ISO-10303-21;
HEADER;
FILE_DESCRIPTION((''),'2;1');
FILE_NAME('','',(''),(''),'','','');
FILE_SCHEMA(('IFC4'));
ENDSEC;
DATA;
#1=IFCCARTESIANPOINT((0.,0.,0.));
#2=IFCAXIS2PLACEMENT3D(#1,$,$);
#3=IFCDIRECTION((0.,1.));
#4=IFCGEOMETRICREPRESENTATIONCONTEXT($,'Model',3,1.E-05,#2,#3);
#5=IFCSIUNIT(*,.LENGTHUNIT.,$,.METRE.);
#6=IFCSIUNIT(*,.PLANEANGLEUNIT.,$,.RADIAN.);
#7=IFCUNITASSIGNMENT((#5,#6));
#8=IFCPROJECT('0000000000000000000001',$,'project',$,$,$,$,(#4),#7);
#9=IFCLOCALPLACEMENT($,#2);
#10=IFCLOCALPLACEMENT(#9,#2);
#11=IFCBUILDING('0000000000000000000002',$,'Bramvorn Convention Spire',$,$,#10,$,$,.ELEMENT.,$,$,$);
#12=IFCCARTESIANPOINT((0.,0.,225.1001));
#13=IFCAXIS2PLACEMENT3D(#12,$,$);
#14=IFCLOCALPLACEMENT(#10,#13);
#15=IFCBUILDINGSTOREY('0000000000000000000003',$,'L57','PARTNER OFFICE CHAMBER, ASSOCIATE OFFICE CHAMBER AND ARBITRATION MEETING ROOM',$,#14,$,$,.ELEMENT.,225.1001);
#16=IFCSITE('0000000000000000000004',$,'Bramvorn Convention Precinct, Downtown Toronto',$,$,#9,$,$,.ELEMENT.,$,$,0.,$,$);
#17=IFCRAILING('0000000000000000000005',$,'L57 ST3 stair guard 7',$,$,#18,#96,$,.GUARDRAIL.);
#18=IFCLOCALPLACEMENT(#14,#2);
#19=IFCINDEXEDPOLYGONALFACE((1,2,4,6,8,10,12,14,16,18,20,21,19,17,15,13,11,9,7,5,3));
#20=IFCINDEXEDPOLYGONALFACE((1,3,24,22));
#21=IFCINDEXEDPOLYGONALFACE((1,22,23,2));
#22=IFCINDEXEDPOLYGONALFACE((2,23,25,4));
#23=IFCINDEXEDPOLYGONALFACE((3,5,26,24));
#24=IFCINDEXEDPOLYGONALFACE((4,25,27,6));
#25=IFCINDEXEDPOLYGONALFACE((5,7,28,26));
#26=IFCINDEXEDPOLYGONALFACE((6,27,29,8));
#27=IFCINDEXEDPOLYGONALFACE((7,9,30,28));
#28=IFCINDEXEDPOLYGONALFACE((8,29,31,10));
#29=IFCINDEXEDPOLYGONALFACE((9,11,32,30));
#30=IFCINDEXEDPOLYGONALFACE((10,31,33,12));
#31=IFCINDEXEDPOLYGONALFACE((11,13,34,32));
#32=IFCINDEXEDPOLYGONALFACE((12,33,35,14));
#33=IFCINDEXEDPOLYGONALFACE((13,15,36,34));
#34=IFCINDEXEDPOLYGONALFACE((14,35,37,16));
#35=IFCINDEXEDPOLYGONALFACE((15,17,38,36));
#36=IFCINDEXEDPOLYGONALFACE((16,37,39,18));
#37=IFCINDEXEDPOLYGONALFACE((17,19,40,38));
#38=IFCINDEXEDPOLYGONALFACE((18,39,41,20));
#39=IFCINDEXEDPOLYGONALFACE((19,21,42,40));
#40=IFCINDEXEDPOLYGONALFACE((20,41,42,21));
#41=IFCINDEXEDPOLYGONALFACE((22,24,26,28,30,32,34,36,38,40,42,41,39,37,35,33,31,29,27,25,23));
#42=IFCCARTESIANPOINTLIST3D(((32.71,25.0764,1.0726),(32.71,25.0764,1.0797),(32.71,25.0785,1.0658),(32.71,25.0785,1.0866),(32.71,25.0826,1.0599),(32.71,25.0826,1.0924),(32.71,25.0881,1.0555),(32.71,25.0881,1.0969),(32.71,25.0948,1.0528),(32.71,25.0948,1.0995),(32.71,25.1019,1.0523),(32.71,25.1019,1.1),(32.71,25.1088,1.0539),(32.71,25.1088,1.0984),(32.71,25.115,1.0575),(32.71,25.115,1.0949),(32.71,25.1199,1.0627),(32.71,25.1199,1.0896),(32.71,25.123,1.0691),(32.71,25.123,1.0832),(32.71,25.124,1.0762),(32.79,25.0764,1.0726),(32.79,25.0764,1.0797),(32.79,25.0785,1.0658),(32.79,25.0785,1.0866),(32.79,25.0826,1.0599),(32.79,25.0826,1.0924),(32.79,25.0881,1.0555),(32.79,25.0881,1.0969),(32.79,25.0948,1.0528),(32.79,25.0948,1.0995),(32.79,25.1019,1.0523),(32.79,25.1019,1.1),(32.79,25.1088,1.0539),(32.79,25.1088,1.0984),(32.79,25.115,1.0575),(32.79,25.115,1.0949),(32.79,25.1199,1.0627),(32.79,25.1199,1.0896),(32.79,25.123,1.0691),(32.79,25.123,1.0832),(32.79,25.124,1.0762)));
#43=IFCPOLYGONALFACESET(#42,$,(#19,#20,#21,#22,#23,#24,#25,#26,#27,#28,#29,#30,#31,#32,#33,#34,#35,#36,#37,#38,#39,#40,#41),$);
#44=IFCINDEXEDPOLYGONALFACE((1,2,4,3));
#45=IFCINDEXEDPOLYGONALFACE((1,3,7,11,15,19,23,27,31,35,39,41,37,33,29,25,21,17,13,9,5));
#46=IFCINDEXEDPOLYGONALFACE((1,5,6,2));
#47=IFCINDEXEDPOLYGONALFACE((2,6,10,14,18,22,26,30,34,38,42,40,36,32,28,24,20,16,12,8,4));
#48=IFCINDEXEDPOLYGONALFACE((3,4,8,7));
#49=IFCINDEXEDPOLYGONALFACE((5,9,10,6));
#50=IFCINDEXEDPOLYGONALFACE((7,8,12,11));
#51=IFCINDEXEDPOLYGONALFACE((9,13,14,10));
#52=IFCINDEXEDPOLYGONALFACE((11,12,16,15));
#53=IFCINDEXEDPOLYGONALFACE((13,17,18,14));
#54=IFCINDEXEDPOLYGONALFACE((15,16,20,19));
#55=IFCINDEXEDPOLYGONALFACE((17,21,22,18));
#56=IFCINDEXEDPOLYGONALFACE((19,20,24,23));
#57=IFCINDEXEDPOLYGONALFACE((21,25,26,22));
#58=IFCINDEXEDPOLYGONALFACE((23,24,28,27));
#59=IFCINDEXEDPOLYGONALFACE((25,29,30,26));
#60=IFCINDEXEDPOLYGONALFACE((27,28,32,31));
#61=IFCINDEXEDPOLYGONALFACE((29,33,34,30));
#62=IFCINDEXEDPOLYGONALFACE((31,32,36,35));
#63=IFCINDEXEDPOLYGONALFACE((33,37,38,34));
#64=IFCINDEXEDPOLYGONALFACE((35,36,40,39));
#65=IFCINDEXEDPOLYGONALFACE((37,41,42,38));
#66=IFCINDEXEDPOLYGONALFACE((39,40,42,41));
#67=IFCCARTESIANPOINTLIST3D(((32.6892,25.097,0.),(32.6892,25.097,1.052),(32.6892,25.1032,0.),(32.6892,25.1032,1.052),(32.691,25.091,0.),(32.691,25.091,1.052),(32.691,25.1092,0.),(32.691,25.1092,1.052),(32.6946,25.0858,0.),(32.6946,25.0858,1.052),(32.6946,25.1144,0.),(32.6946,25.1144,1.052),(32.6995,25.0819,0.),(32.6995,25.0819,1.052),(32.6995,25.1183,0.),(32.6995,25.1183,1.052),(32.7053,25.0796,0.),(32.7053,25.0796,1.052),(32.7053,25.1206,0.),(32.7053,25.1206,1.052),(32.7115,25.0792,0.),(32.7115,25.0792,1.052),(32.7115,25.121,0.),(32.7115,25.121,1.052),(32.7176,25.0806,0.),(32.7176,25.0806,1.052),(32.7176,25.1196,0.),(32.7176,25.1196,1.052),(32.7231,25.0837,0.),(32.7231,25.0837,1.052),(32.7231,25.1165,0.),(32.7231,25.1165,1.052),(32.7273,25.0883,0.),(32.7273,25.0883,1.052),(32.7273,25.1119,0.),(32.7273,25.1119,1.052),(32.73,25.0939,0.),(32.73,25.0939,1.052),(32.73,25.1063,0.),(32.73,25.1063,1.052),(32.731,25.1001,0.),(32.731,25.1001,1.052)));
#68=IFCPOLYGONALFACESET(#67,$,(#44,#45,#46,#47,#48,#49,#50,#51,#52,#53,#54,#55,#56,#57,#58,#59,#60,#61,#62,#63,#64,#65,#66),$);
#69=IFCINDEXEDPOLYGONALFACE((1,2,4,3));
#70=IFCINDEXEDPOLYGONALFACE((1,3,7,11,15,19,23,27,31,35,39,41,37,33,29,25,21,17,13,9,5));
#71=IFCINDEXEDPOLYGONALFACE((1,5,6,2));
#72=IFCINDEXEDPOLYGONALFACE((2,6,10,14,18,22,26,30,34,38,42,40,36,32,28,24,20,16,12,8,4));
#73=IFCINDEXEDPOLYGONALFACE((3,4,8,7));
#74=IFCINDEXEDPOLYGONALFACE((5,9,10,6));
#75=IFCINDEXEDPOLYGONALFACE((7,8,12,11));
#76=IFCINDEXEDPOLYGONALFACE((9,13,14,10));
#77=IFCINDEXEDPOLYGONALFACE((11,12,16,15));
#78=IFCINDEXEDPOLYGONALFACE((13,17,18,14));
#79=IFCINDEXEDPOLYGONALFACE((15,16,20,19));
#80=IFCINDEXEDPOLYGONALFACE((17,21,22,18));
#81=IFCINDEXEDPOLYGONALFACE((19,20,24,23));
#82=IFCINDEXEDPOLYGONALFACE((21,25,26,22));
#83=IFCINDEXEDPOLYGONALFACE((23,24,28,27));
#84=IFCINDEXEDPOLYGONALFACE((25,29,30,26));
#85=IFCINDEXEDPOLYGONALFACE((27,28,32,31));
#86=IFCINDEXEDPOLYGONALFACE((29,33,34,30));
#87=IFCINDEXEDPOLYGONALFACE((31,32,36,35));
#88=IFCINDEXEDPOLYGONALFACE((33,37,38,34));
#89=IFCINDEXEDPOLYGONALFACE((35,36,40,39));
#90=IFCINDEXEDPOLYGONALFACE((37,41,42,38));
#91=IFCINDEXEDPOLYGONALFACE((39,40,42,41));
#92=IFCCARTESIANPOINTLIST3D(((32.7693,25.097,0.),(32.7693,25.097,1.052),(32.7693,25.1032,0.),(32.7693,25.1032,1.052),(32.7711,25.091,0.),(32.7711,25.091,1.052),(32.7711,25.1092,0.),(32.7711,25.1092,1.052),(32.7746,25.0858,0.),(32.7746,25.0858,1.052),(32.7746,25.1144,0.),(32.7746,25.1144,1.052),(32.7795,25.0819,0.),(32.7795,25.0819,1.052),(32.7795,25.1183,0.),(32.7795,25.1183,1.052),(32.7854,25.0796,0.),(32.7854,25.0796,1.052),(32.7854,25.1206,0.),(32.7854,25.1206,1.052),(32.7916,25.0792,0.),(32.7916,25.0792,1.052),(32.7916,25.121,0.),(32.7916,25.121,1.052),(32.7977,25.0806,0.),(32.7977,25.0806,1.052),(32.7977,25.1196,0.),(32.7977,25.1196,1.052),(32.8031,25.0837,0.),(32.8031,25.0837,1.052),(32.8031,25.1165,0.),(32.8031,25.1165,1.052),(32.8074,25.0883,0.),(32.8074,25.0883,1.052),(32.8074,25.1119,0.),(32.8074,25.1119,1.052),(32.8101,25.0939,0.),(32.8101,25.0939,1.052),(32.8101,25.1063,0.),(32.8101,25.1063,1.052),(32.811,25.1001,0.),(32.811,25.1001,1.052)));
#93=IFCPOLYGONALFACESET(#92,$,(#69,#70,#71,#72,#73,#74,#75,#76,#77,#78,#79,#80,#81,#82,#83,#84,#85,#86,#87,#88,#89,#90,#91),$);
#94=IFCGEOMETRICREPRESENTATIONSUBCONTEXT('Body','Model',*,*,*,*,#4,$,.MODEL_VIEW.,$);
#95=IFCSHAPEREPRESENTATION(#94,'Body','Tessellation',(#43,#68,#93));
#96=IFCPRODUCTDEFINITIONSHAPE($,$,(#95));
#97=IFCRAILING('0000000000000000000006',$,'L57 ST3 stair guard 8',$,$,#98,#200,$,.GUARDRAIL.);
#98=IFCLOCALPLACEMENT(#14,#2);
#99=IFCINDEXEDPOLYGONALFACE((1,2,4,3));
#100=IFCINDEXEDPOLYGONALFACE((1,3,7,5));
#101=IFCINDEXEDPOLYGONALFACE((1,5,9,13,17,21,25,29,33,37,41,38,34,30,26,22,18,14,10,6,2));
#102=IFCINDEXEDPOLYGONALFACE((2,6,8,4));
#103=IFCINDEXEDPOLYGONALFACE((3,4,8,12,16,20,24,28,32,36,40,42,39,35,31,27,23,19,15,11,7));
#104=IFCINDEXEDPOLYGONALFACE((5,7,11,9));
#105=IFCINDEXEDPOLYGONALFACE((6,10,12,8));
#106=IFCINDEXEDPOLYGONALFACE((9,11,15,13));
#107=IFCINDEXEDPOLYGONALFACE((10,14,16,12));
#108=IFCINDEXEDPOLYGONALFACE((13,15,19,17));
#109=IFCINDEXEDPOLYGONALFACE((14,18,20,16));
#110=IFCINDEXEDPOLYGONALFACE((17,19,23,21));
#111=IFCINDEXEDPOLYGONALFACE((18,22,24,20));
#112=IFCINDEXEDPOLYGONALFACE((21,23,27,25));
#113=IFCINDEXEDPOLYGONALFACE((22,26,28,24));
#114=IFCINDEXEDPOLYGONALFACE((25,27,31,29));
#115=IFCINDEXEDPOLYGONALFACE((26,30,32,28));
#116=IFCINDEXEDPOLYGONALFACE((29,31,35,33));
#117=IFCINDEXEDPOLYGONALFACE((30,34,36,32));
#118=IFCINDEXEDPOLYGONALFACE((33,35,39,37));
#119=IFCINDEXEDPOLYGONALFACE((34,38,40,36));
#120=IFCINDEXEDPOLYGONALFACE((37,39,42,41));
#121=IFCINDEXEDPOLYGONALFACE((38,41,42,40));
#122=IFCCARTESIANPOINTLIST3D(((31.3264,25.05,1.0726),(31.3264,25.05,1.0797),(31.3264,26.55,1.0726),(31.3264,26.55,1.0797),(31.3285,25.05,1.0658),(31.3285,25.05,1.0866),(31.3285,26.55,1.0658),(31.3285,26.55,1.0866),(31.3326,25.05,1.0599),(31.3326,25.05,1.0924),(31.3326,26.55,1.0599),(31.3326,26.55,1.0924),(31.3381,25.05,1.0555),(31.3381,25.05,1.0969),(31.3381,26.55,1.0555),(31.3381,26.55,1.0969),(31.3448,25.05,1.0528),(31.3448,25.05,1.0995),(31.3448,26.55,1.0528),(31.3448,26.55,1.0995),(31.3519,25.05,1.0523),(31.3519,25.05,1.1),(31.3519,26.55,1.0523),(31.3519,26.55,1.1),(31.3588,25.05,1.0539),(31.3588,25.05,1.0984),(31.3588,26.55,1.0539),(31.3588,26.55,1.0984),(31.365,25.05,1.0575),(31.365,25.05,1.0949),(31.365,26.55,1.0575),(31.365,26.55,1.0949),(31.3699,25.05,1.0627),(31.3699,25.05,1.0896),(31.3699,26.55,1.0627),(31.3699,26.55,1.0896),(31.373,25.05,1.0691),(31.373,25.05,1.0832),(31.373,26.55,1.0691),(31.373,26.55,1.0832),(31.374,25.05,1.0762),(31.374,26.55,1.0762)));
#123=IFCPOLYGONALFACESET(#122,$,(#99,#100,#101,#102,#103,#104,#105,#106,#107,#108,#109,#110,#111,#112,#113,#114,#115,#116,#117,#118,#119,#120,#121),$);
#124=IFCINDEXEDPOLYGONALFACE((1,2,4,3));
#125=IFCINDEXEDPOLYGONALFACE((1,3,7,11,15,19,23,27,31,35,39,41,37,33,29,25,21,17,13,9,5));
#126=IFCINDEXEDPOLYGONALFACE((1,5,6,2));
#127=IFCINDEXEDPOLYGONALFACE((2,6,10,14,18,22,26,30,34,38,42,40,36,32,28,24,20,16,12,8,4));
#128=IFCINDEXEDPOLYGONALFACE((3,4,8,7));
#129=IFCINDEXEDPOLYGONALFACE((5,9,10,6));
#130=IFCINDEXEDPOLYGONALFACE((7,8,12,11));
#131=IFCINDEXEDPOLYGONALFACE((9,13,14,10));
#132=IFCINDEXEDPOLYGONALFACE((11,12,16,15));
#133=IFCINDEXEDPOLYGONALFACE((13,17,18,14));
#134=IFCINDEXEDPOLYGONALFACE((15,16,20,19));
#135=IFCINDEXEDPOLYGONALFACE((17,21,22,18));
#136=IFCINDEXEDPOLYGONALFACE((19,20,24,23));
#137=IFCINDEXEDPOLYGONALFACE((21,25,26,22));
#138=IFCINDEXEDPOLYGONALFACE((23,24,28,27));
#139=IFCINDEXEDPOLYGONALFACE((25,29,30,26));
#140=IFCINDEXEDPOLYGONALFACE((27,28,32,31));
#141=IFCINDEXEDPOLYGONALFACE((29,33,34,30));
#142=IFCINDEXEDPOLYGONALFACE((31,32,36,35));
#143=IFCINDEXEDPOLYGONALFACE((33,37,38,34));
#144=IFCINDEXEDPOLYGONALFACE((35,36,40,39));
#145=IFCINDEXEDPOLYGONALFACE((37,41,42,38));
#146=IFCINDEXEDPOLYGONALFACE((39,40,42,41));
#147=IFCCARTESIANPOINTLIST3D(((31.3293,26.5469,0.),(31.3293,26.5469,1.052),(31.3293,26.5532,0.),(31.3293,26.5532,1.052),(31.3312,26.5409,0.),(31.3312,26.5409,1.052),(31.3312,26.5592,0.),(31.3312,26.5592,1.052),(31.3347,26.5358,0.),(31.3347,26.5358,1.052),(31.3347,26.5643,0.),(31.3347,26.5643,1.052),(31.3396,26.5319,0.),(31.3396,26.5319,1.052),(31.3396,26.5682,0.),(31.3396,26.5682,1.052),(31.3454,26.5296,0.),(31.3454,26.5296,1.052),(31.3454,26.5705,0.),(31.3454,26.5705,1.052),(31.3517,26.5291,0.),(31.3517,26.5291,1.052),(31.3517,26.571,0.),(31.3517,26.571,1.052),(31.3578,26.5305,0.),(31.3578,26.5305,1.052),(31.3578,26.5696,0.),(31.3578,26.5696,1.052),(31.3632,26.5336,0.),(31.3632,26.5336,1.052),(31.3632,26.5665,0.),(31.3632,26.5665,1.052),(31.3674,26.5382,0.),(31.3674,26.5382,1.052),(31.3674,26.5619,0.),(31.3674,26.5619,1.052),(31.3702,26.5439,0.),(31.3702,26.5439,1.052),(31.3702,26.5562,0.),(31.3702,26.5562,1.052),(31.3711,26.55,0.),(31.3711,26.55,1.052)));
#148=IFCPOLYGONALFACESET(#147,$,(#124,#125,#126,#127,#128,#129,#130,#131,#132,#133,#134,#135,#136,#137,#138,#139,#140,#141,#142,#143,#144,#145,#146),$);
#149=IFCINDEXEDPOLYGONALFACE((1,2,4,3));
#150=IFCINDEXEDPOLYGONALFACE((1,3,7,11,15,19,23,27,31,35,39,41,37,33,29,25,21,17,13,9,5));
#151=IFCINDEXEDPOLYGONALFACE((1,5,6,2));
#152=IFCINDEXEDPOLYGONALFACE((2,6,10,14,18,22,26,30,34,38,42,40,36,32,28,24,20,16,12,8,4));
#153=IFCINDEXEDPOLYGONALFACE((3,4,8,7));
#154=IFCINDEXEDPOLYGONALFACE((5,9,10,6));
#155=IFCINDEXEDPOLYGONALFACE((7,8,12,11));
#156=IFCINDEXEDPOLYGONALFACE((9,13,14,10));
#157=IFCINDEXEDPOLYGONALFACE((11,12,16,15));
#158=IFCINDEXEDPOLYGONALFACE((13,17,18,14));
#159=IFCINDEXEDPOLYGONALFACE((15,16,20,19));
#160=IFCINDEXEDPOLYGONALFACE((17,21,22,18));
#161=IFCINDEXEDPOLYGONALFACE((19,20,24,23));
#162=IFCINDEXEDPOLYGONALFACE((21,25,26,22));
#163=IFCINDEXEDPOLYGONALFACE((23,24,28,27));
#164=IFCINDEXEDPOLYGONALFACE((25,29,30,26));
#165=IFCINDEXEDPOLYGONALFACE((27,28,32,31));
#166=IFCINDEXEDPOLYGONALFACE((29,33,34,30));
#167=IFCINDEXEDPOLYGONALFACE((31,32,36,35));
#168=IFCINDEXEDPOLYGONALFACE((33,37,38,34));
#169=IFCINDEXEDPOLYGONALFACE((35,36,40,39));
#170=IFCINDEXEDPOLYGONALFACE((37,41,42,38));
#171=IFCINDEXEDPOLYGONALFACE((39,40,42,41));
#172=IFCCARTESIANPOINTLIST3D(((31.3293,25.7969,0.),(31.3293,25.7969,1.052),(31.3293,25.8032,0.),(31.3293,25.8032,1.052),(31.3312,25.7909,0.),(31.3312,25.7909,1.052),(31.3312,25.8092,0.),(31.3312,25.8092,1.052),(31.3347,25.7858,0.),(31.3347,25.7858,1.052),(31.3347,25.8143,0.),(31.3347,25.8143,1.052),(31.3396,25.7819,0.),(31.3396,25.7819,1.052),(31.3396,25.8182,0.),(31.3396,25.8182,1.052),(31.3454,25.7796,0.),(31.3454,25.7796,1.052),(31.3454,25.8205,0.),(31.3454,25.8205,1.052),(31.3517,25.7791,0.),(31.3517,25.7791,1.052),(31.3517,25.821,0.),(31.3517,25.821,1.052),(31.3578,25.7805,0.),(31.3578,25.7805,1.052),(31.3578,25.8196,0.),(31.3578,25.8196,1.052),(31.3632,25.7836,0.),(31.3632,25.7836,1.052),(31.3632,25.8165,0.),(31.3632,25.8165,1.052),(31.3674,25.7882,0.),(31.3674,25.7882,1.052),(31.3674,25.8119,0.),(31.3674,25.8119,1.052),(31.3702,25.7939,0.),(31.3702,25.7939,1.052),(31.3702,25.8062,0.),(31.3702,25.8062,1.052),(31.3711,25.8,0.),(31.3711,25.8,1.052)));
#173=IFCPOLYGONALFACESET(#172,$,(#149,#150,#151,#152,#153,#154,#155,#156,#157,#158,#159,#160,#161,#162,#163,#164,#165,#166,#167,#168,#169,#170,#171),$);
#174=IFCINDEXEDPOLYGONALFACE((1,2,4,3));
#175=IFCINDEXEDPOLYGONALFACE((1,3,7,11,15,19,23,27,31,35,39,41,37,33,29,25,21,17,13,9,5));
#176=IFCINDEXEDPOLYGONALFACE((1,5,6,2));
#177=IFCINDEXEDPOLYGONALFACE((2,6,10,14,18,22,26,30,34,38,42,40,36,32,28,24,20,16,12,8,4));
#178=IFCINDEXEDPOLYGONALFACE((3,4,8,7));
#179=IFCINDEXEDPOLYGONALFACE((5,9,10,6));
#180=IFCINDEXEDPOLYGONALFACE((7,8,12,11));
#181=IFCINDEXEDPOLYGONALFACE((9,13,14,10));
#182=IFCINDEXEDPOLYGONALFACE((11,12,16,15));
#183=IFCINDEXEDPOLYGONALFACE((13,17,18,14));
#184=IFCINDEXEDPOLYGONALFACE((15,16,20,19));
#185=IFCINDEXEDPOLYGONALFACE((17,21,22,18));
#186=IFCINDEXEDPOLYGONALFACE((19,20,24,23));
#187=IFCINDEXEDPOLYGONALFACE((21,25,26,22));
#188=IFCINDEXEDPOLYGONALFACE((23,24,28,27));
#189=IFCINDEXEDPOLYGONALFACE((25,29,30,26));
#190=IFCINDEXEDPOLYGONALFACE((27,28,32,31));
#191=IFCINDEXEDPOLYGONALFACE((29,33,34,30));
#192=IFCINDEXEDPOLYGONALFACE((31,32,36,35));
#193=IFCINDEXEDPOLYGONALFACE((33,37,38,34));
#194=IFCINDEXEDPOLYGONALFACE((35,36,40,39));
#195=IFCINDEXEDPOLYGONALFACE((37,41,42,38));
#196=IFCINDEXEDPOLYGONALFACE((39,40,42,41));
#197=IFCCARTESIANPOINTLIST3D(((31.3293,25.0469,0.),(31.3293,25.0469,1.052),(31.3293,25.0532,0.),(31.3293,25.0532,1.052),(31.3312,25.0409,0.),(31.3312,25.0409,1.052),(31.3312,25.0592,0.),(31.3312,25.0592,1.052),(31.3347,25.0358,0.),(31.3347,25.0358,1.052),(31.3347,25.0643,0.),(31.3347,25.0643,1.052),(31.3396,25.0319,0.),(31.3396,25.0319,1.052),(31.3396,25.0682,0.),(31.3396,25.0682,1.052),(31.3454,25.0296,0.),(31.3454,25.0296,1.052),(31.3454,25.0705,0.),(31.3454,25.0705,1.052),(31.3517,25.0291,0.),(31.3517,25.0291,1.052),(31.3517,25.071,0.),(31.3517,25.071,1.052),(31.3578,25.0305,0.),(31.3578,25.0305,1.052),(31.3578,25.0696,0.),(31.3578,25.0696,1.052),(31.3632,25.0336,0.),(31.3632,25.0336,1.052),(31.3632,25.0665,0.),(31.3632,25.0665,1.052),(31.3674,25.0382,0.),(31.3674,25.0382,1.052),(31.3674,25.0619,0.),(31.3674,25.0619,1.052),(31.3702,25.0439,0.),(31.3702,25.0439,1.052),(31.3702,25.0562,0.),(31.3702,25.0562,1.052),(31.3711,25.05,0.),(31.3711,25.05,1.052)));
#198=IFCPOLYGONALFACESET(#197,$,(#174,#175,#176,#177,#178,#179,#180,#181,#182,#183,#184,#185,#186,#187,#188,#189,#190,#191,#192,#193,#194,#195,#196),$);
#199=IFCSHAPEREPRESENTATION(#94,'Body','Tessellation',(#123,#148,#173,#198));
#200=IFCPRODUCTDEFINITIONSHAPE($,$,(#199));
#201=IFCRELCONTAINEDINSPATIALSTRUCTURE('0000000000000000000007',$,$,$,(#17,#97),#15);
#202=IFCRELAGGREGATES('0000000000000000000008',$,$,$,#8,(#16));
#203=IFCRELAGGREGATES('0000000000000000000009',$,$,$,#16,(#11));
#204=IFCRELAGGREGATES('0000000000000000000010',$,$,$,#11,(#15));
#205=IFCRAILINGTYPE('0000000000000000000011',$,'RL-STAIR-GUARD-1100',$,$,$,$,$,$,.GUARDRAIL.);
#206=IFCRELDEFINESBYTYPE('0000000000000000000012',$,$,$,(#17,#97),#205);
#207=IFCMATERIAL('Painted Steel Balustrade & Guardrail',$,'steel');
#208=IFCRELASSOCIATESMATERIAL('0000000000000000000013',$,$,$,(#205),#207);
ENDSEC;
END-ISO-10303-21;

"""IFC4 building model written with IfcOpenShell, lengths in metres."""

from ifc_helpers import new_model, si_unit, direction, frame, origin, origin_2d, place, context, subcontext, project, spatial, circle, extrude, material, type_object, element, save


model = new_model("IFC4")

# Units and contexts
model_context = context("Model", 3, precision=1e-05, world=origin(), true_north=direction((0.0, 1.0)))
body_context = subcontext(model_context, "Body", "Model", "MODEL_VIEW")
ifc_project = project(units=[si_unit("LENGTHUNIT", "METRE"), si_unit("PLANEANGLEUNIT", "RADIAN")], contexts=[model_context])

# Site, building, storey
site_placement = place(None, origin())
site = spatial("IfcSite", under=ifc_project, at=site_placement, Name="Bramvorn Convention Precinct, Downtown Toronto", CompositionType="ELEMENT", RefElevation=0.0)
building_placement = place(site_placement, origin())
building = spatial("IfcBuilding", under=site, at=building_placement, Name="Bramvorn Convention Spire", CompositionType="ELEMENT")
storey_placement = place(building_placement, frame((0.0, 0.0, 225.1001)))
storey = spatial("IfcBuildingStorey", under=building, at=storey_placement, Name="L57", Description="PARTNER OFFICE CHAMBER, ASSOCIATE OFFICE CHAMBER AND ARBITRATION MEETING ROOM", CompositionType="ELEMENT", Elevation=225.1001)

# Railings
ifc_material_1 = material(Name="Painted Steel Balustrade & Guardrail", Category="steel")
railing_type_1 = type_object("IfcRailingType", Name="RL-STAIR-GUARD-1100", PredefinedType="GUARDRAIL", material=ifc_material_1)
railing_1_placement = place(storey_placement, frame((32.71, 25.1001, 0.0)))
element("IfcRailing", 1, at=railing_1_placement, inside=storey, type_object=railing_type_1, Name="L57 ST3 stair guard 7", PredefinedType="GUARDRAIL", context=body_context, shape_type="SweptSolid", body=[
    extrude(circle(Radius=0.0239, at=origin_2d()), frame((0.0, 0.0, 1.0762), z_axis=(1.0, 0.0, 0.0), x_axis=(0.0, 1.0, 0.0)), (0.0, 0.0, 1.0), 0.0801),
    extrude(circle(Radius=0.021, at=origin_2d()), origin(), (0.0, 0.0, 1.0), 1.052),
    extrude(circle(Radius=0.021, at=origin_2d()), frame((0.0801, 0.0, 0.0)), (0.0, 0.0, 1.0), 1.052),
])
for number, where, name in (
    (2, (31.3501, 26.55, 0.0), "L57 ST3 stair guard 8"),
):
    element("IfcRailing", number, at=place(storey_placement, frame(where)), inside=storey, type_object=railing_type_1, Name=name, PredefinedType="GUARDRAIL", context=body_context, shape_type="SweptSolid", body=[
        extrude(circle(Radius=0.0239, at=origin_2d()), frame((0.0, 0.0, 1.0762), z_axis=(0.0, -1.0, 0.0), x_axis=(1.0, 0.0, 0.0)), (0.0, 0.0, 1.0), 1.5),
        extrude(circle(Radius=0.021, at=origin_2d()), origin(), (0.0, 0.0, 1.0), 1.052),
        extrude(circle(Radius=0.021, at=origin_2d()), frame((0.0, -0.75, 0.0)), (0.0, 0.0, 1.0), 1.052),
        extrude(circle(Radius=0.021, at=origin_2d()), frame((0.0, -1.5, 0.0)), (0.0, 0.0, 1.0), 1.052),
    ])

save(model, "model.ifc")
